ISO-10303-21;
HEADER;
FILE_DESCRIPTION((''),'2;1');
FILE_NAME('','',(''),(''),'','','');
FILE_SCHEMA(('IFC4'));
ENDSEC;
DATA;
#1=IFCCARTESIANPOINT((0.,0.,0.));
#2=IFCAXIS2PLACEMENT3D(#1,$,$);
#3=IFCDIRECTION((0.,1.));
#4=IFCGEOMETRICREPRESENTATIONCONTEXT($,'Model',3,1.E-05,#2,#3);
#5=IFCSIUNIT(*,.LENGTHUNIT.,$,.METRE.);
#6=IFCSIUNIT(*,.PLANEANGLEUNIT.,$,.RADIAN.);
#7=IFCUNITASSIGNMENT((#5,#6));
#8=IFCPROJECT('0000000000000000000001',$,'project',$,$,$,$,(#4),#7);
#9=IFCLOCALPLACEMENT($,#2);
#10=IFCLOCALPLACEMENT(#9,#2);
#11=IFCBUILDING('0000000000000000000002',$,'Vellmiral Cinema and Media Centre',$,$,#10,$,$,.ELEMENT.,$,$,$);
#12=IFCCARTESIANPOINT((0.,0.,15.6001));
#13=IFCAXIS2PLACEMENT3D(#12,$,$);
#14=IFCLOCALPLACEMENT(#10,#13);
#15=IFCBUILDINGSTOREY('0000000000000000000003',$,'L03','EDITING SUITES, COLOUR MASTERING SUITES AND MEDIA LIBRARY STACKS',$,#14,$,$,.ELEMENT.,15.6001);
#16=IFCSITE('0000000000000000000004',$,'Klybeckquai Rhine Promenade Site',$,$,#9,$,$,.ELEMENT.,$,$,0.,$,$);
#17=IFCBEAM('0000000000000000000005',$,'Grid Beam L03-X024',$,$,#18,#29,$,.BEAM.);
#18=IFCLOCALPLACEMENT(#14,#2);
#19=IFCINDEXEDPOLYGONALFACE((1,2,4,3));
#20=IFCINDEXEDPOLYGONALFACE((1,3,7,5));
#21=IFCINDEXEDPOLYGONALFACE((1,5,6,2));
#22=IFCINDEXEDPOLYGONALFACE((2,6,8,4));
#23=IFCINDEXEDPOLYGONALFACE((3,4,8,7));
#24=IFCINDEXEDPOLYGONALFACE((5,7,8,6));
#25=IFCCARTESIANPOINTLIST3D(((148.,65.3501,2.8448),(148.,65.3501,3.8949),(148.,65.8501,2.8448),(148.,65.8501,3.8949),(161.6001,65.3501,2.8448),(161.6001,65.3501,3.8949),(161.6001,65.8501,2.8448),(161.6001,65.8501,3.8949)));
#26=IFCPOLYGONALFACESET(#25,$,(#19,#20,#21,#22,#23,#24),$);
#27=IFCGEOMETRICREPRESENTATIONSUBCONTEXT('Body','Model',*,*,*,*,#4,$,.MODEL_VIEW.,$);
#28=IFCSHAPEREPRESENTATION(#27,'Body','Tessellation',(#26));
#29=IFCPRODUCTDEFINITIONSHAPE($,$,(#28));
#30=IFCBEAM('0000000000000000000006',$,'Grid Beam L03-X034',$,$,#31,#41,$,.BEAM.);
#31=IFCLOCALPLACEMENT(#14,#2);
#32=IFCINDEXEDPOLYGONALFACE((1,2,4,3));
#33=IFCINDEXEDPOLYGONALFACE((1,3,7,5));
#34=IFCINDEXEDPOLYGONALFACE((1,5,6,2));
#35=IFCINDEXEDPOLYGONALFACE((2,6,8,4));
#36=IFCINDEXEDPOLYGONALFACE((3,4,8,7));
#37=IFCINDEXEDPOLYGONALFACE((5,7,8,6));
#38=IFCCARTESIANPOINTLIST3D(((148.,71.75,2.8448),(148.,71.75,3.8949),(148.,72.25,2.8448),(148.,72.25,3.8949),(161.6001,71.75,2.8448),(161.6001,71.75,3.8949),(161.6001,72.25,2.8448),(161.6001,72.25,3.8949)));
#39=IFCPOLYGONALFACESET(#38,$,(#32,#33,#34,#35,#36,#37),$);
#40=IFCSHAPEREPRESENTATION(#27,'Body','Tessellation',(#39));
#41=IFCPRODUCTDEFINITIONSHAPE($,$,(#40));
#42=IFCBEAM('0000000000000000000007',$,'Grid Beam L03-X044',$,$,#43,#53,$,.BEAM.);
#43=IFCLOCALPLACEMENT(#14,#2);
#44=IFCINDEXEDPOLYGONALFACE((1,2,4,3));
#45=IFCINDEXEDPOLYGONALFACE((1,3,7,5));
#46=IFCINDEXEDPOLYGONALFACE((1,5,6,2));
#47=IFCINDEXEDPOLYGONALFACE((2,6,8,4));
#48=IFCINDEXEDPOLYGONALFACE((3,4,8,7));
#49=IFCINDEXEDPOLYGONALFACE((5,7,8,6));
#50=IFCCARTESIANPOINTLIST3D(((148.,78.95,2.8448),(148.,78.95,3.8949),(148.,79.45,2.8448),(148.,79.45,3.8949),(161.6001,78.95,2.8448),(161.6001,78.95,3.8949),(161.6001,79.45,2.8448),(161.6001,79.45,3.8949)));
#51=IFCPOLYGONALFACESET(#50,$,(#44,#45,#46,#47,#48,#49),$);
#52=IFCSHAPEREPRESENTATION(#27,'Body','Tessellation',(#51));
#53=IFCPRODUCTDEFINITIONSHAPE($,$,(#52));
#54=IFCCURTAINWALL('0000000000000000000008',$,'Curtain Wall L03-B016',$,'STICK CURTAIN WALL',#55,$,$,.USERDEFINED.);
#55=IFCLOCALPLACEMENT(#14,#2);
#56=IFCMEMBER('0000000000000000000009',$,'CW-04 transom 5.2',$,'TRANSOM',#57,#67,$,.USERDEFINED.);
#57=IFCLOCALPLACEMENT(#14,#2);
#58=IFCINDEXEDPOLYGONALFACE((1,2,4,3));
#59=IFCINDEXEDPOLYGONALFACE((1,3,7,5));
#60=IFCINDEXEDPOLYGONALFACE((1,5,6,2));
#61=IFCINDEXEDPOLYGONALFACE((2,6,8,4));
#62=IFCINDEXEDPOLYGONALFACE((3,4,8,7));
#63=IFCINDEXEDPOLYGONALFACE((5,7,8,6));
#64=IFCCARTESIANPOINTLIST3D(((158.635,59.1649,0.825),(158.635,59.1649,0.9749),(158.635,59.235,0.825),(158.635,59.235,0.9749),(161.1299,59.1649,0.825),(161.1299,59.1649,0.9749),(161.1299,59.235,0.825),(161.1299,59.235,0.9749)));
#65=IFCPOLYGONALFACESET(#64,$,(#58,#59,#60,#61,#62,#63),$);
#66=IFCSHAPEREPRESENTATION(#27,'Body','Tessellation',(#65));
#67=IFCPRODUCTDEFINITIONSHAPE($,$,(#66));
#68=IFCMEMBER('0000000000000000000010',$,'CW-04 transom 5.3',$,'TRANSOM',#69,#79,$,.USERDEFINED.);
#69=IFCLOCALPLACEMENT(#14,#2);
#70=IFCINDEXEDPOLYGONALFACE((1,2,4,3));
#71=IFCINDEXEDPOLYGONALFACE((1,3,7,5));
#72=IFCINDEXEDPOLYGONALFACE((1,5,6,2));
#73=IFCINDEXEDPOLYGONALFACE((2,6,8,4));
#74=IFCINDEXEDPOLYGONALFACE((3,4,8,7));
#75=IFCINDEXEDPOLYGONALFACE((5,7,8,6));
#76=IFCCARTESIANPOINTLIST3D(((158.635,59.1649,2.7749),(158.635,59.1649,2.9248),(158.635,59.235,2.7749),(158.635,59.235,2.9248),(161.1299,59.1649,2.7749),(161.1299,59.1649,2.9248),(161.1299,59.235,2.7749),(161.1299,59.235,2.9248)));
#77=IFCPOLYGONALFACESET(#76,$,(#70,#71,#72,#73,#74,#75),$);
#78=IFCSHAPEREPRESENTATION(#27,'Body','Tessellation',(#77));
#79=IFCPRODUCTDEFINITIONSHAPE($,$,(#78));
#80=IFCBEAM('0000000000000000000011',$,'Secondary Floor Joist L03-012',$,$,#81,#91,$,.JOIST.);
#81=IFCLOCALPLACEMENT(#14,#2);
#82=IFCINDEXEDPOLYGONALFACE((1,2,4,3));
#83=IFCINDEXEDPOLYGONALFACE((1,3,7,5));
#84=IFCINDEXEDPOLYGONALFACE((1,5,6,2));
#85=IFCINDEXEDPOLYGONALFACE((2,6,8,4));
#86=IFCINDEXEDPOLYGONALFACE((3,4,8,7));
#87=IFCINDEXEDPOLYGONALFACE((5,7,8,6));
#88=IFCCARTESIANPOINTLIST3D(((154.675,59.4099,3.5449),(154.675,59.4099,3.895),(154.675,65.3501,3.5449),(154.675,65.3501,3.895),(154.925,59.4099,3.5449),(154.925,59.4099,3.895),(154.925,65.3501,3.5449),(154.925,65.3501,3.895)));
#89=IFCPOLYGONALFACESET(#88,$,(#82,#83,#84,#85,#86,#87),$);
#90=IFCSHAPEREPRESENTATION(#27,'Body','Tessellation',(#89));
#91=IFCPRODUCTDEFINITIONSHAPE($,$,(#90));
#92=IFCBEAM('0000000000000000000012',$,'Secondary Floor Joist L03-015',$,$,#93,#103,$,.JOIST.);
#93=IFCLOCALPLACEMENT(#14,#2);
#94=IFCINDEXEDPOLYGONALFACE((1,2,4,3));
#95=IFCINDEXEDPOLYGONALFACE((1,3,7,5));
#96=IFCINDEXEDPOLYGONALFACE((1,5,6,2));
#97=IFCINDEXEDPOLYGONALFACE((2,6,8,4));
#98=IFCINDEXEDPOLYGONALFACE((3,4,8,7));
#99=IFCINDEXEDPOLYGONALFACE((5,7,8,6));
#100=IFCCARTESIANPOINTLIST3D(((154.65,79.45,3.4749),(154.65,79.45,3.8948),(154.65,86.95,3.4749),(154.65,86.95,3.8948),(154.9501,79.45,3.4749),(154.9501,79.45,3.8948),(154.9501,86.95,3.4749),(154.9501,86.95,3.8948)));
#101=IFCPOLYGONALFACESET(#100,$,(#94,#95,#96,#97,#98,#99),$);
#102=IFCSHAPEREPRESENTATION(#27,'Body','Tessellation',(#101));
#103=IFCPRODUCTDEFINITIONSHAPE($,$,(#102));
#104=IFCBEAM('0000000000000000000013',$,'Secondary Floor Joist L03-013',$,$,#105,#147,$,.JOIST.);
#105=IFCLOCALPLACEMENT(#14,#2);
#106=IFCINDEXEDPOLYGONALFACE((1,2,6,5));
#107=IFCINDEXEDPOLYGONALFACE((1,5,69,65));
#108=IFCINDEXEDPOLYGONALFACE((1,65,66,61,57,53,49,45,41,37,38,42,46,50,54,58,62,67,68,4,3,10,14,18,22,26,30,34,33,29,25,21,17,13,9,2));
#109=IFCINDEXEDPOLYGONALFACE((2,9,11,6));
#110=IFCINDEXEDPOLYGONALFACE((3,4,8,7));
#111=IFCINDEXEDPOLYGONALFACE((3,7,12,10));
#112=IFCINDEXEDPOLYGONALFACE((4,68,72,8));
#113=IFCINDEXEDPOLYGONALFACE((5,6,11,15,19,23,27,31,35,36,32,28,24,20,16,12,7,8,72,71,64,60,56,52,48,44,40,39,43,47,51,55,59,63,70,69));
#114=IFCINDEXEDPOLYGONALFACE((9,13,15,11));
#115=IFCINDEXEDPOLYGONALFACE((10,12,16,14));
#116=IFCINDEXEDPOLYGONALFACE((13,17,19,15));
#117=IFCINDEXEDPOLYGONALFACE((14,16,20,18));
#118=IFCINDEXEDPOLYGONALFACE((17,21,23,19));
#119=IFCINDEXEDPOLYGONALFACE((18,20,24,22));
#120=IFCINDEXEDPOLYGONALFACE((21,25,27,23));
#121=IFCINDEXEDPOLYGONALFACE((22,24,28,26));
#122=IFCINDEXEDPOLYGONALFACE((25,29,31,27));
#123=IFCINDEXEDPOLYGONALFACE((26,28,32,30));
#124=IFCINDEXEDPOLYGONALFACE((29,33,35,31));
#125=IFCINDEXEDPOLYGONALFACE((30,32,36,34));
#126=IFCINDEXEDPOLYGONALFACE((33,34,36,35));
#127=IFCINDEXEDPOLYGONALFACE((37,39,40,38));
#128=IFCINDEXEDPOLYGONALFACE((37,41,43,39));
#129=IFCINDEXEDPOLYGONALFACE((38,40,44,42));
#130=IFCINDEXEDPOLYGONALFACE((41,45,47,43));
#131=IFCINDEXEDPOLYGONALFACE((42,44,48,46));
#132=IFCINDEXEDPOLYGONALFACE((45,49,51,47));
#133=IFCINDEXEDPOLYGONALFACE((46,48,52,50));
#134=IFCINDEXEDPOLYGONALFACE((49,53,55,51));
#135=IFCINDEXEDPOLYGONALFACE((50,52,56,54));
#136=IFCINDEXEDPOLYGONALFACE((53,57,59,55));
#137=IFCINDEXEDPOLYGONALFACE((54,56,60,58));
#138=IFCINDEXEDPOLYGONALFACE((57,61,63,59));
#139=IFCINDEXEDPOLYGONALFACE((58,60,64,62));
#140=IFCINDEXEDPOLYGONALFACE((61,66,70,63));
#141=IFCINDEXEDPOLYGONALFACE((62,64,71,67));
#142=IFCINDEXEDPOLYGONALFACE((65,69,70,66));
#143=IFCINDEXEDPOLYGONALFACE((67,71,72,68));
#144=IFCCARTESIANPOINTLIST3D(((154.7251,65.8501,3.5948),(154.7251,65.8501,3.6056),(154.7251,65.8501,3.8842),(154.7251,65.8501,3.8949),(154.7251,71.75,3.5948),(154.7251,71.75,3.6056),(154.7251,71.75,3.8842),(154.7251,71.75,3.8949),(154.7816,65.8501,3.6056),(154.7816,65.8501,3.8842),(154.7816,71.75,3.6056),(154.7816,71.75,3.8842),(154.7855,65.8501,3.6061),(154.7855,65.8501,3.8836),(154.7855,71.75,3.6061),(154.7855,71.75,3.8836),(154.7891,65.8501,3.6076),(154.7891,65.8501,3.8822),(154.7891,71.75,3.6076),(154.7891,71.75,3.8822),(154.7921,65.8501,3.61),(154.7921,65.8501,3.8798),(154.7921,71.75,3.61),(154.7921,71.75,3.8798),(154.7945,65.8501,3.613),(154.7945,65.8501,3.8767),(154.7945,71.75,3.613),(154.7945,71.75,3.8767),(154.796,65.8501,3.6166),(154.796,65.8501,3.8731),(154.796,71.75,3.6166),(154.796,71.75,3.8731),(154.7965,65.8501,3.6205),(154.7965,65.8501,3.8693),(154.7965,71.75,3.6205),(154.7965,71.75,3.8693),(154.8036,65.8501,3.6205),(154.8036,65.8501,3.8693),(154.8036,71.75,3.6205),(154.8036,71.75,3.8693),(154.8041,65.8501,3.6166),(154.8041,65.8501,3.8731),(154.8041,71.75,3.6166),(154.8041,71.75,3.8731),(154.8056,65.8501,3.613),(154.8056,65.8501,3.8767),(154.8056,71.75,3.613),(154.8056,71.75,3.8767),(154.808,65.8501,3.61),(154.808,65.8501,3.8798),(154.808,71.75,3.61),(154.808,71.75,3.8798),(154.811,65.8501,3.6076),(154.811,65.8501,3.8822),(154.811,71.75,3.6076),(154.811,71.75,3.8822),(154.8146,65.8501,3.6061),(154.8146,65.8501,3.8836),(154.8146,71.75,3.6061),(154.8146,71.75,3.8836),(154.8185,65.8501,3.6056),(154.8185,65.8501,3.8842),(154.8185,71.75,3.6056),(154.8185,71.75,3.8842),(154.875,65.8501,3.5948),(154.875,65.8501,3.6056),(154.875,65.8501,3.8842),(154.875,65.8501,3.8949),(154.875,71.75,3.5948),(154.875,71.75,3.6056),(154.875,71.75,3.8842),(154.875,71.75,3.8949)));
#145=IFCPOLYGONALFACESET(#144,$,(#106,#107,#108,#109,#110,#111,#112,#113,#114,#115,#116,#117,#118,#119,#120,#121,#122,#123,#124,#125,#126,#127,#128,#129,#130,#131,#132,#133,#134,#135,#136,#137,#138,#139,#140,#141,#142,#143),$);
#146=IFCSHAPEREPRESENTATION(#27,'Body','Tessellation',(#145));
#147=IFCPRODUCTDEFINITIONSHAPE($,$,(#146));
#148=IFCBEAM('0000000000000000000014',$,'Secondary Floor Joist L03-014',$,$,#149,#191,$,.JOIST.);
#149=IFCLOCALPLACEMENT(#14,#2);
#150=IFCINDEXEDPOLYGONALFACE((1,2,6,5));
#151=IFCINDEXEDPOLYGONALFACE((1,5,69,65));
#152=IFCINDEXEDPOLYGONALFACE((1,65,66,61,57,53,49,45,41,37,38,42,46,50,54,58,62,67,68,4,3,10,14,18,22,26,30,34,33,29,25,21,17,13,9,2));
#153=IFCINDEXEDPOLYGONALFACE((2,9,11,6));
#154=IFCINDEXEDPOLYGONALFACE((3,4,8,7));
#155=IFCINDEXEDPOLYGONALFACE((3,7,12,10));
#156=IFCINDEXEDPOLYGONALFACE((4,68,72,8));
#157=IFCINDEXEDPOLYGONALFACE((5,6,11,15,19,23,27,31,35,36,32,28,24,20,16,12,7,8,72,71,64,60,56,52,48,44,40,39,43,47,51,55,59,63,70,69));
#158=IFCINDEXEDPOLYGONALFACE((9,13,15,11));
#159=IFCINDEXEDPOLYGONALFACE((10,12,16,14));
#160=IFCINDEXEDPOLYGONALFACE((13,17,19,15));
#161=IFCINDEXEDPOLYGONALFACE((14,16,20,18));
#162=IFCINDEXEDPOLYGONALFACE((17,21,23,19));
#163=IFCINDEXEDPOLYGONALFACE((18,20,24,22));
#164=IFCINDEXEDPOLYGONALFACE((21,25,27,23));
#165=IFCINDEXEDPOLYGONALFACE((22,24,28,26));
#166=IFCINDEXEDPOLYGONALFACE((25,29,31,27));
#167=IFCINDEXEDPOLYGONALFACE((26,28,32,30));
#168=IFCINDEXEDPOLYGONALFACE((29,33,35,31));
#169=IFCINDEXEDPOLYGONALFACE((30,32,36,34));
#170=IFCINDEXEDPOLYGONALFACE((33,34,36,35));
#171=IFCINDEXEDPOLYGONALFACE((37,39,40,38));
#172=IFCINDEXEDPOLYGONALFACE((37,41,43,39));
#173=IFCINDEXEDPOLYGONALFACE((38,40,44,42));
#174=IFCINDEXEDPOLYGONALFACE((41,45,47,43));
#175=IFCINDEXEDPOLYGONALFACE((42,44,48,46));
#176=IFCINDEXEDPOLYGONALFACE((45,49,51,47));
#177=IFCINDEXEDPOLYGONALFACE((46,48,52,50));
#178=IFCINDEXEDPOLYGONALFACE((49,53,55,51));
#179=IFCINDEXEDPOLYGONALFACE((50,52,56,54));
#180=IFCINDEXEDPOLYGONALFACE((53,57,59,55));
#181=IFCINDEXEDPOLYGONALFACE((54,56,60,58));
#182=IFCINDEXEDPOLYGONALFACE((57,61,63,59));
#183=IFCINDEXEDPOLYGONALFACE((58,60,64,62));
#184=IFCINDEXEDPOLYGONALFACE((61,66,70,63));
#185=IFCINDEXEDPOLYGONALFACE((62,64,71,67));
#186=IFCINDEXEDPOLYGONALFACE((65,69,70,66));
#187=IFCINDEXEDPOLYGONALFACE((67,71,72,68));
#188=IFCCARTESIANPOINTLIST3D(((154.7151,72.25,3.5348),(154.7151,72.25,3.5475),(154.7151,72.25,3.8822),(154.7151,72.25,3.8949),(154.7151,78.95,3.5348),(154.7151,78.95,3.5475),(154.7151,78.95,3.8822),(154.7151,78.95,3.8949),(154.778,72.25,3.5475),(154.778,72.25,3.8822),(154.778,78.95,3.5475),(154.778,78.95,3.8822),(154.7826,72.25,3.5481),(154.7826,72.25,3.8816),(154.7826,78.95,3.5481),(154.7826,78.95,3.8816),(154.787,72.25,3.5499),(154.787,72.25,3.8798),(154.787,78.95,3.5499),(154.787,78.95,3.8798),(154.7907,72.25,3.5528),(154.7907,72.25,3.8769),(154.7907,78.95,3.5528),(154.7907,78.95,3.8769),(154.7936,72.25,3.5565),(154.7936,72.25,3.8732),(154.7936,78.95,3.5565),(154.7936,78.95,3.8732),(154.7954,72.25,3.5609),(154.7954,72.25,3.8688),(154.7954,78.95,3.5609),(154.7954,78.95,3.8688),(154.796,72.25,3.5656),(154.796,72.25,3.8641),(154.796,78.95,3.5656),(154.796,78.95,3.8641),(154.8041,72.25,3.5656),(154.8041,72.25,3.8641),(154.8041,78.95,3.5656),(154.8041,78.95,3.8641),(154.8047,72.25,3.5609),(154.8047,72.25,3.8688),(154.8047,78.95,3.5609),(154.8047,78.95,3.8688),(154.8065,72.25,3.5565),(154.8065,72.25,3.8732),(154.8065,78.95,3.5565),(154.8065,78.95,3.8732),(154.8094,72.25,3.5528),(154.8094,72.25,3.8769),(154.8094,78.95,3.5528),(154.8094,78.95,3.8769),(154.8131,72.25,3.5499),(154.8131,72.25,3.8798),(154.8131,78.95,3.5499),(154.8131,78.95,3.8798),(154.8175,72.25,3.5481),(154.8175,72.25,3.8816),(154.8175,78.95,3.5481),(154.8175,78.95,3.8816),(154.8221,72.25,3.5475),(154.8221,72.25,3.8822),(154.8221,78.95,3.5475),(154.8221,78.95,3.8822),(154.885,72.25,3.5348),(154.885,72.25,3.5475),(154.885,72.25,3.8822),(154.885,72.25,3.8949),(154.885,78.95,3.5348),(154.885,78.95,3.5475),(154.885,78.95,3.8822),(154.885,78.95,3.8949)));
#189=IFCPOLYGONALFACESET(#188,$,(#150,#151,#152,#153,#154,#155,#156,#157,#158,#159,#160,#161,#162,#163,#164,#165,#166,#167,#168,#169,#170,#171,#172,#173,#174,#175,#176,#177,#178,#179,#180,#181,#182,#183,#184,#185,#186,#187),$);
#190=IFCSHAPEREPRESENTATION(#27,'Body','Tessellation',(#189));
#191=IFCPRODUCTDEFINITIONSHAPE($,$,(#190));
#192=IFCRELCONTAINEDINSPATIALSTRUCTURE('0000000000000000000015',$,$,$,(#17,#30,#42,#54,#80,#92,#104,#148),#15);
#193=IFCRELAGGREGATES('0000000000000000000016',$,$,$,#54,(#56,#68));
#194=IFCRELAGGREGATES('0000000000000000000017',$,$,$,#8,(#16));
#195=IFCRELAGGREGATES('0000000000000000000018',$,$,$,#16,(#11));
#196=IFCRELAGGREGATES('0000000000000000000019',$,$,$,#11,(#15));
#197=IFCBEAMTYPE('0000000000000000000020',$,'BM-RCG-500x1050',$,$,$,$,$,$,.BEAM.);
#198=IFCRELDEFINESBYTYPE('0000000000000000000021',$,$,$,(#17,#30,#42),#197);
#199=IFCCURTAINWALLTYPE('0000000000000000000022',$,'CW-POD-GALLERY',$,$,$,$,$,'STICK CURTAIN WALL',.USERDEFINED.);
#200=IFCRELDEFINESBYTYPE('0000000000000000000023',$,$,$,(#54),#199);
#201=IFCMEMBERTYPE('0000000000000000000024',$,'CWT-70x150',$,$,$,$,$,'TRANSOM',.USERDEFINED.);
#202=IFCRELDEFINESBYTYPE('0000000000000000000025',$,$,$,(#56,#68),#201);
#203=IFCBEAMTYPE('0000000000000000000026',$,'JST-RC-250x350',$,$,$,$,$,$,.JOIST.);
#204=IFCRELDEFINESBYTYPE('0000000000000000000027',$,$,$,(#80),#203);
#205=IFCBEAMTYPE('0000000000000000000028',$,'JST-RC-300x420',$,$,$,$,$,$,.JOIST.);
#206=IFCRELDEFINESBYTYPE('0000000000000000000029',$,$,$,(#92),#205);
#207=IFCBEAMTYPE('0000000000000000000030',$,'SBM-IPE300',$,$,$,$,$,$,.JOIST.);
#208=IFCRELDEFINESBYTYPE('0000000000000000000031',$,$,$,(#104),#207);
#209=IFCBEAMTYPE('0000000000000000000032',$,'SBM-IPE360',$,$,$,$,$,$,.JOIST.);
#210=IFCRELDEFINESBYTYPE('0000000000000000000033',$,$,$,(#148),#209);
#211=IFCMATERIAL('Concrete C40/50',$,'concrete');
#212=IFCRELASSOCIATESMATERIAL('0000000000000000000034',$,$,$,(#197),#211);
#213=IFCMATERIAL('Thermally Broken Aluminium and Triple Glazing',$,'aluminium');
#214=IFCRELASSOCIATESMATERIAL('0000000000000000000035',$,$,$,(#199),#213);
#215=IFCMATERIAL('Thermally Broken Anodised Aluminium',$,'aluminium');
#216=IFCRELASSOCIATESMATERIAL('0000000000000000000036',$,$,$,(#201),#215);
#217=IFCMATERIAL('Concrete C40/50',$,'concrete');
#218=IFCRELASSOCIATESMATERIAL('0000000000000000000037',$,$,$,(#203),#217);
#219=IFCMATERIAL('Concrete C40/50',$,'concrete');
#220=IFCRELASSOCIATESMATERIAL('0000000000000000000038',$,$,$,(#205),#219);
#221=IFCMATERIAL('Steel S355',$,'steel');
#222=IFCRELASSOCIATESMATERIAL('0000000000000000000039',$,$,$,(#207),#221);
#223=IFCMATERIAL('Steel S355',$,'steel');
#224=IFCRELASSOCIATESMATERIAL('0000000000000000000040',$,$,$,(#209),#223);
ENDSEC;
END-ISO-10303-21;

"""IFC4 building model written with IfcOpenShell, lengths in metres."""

from ifc_helpers import new_model, si_unit, direction, frame, origin, origin_2d, place, context, subcontext, project, spatial, rectangle, i_section, extrude, material, material_profile, profile_set, type_object, element, aggregate, save


model = new_model("IFC4")

# Units and contexts
model_context = context("Model", 3, precision=1e-05, world=origin(), true_north=direction((0.0, 1.0)))
body_context = subcontext(model_context, "Body", "Model", "MODEL_VIEW")
ifc_project = project(units=[si_unit("LENGTHUNIT", "METRE"), si_unit("PLANEANGLEUNIT", "RADIAN")], contexts=[model_context])

# Site, building, storey
site_placement = place(None, origin())
site = spatial("IfcSite", under=ifc_project, at=site_placement, Name="Klybeckquai Rhine Promenade Site", CompositionType="ELEMENT", RefElevation=0.0)
building_placement = place(site_placement, origin())
building = spatial("IfcBuilding", under=site, at=building_placement, Name="Vellmiral Cinema and Media Centre", CompositionType="ELEMENT")
storey_placement = place(building_placement, frame((0.0, 0.0, 15.6001)))
storey = spatial("IfcBuildingStorey", under=building, at=storey_placement, Name="L03", Description="EDITING SUITES, COLOUR MASTERING SUITES AND MEDIA LIBRARY STACKS", CompositionType="ELEMENT", Elevation=15.6001)

# Beams
ifc_material_1 = material(Name="Concrete C40/50", Category="concrete")
ifc_material_profile_1 = material_profile(ifc_material_1, rectangle(XDim=0.5, YDim=1.05, at=origin_2d()), Name="RC 500x1050")
ifc_profile_set_1 = profile_set([ifc_material_profile_1], Name="Concrete C40/50")
beam_type_1 = type_object("IfcBeamType", Name="BM-RCG-500x1050", PredefinedType="BEAM", material=ifc_profile_set_1)
for number, where, z_axis, x_axis, name in (
    (1, (148.0, 65.6001, 3.3699), (1.0, 0.0, 0.0), (0.0, 1.0, 0.0), "Grid Beam L03-X024"),
    (2, (148.0, 72.0, 3.3699), (1.0, 0.0, 0.0), (0.0, 1.0, 0.0), "Grid Beam L03-X034"),
    (3, (148.0, 79.2, 3.3699), (1.0, 0.0, 0.0), (0.0, 1.0, 0.0), "Grid Beam L03-X044"),
):
    element("IfcBeam", number, at=place(storey_placement, frame(where, z_axis=z_axis, x_axis=x_axis)), inside=storey, type_object=beam_type_1, Name=name, PredefinedType="BEAM", context=body_context, shape_type="SweptSolid", body=[
        extrude(rectangle(XDim=0.5, YDim=1.05, at=origin_2d()), origin(), (0.0, 0.0, 1.0), 13.6001),
    ])

# Curtain wall, members
ifc_material_2 = material(Name="Thermally Broken Aluminium and Triple Glazing", Category="aluminium")
curtain_wall_type = type_object("IfcCurtainWallType", Name="CW-POD-GALLERY", ElementType="STICK CURTAIN WALL", PredefinedType="USERDEFINED", material=ifc_material_2)
curtain_wall_placement = place(storey_placement, origin())
curtain_wall = element("IfcCurtainWall", 4, at=curtain_wall_placement, inside=storey, type_object=curtain_wall_type, Name="Curtain Wall L03-B016", ObjectType="STICK CURTAIN WALL", PredefinedType="USERDEFINED")
ifc_material_3 = material(Name="Thermally Broken Anodised Aluminium", Category="aluminium")
ifc_material_profile_2 = material_profile(ifc_material_3, rectangle(XDim=0.0701, YDim=0.1499, at=origin_2d()), Name="MULL 70x150")
ifc_profile_set_2 = profile_set([ifc_material_profile_2], Name="Thermally Broken Anodised Aluminium")
member_type = type_object("IfcMemberType", Name="CWT-70x150", ElementType="TRANSOM", PredefinedType="USERDEFINED", material=ifc_profile_set_2)
member_1_placement = place(storey_placement, frame((158.635, 59.2, 0.8999), z_axis=(1.0, 0.0, 0.0), x_axis=(0.0, 1.0, 0.0)))
member_1 = element("IfcMember", 5, at=member_1_placement, type_object=member_type, Name="CW-04 transom 5.2", ObjectType="TRANSOM", PredefinedType="USERDEFINED", context=body_context, shape_type="SweptSolid", body=[
    extrude(rectangle(XDim=0.0701, YDim=0.1499, at=origin_2d()), origin(), (0.0, 0.0, 1.0), 2.4949),
])
member_2_placement = place(storey_placement, frame((158.635, 59.2, 2.8499), z_axis=(1.0, 0.0, 0.0), x_axis=(0.0, 1.0, 0.0)))
member_2 = element("IfcMember", 6, at=member_2_placement, type_object=member_type, Name="CW-04 transom 5.3", ObjectType="TRANSOM", PredefinedType="USERDEFINED", context=body_context, shape_type="SweptSolid", body=[
    extrude(rectangle(XDim=0.0701, YDim=0.1499, at=origin_2d()), origin(), (0.0, 0.0, 1.0), 2.4949),
])
aggregate(curtain_wall, [member_1, member_2])

# Beams
ifc_material_4 = material(Name="Concrete C40/50", Category="concrete")
ifc_material_profile_3 = material_profile(ifc_material_4, rectangle(XDim=0.25, YDim=0.3501, at=origin_2d()), Name="RC 250x350")
ifc_profile_set_3 = profile_set([ifc_material_profile_3], Name="Concrete C40/50")
beam_type_2 = type_object("IfcBeamType", Name="JST-RC-250x350", PredefinedType="JOIST", material=ifc_profile_set_3)
beam_1_placement = place(storey_placement, frame((154.8, 59.4099, 3.72), z_axis=(0.0, 1.0, 0.0), x_axis=(-1.0, 0.0, 0.0)))
element("IfcBeam", 7, at=beam_1_placement, inside=storey, type_object=beam_type_2, Name="Secondary Floor Joist L03-012", PredefinedType="JOIST", context=body_context, shape_type="SweptSolid", body=[
    extrude(rectangle(XDim=0.25, YDim=0.3501, at=origin_2d()), origin(), (0.0, 0.0, 1.0), 5.9402),
])
ifc_material_5 = material(Name="Concrete C40/50", Category="concrete")
ifc_material_profile_4 = material_profile(ifc_material_5, rectangle(XDim=0.3, YDim=0.4199, at=origin_2d()), Name="RC 300x420")
ifc_profile_set_4 = profile_set([ifc_material_profile_4], Name="Concrete C40/50")
beam_type_3 = type_object("IfcBeamType", Name="JST-RC-300x420", PredefinedType="JOIST", material=ifc_profile_set_4)
beam_2_placement = place(storey_placement, frame((154.8, 79.45, 3.6848), z_axis=(0.0, 1.0, 0.0), x_axis=(-1.0, 0.0, 0.0)))
element("IfcBeam", 8, at=beam_2_placement, inside=storey, type_object=beam_type_3, Name="Secondary Floor Joist L03-015", PredefinedType="JOIST", context=body_context, shape_type="SweptSolid", body=[
    extrude(rectangle(XDim=0.3, YDim=0.4199, at=origin_2d()), origin(), (0.0, 0.0, 1.0), 7.5),
])
ifc_material_6 = material(Name="Steel S355", Category="steel")
ifc_material_profile_5 = material_profile(ifc_material_6, i_section(OverallWidth=0.1499, OverallDepth=0.3, WebThickness=0.0071, FlangeThickness=0.0107, FilletRadius=0.0149, at=origin_2d()), Name="IPE 300")
ifc_profile_set_5 = profile_set([ifc_material_profile_5], Name="Steel S355")
beam_type_4 = type_object("IfcBeamType", Name="SBM-IPE300", PredefinedType="JOIST", material=ifc_profile_set_5)
beam_3_placement = place(storey_placement, frame((154.8, 65.8501, 3.7449), z_axis=(0.0, 1.0, 0.0), x_axis=(-1.0, 0.0, 0.0)))
element("IfcBeam", 9, at=beam_3_placement, inside=storey, type_object=beam_type_4, Name="Secondary Floor Joist L03-013", PredefinedType="JOIST", context=body_context, shape_type="SweptSolid", body=[
    extrude(i_section(OverallWidth=0.1499, OverallDepth=0.3, WebThickness=0.0071, FlangeThickness=0.0107, FilletRadius=0.0149, at=origin_2d()), origin(), (0.0, 0.0, 1.0), 5.8999),
])
ifc_material_7 = material(Name="Steel S355", Category="steel")
ifc_material_profile_6 = material_profile(ifc_material_7, i_section(OverallWidth=0.1699, OverallDepth=0.3601, WebThickness=0.0081, FlangeThickness=0.0127, FilletRadius=0.0181, at=origin_2d()), Name="IPE 360")
ifc_profile_set_6 = profile_set([ifc_material_profile_6], Name="Steel S355")
beam_type_5 = type_object("IfcBeamType", Name="SBM-IPE360", PredefinedType="JOIST", material=ifc_profile_set_6)
beam_4_placement = place(storey_placement, frame((154.8, 72.25, 3.7148), z_axis=(0.0, 1.0, 0.0), x_axis=(-1.0, 0.0, 0.0)))
element("IfcBeam", 10, at=beam_4_placement, inside=storey, type_object=beam_type_5, Name="Secondary Floor Joist L03-014", PredefinedType="JOIST", context=body_context, shape_type="SweptSolid", body=[
    extrude(i_section(OverallWidth=0.1699, OverallDepth=0.3601, WebThickness=0.0081, FlangeThickness=0.0127, FilletRadius=0.0181, at=origin_2d()), origin(), (0.0, 0.0, 1.0), 6.7),
])

save(model, "model.ifc")
